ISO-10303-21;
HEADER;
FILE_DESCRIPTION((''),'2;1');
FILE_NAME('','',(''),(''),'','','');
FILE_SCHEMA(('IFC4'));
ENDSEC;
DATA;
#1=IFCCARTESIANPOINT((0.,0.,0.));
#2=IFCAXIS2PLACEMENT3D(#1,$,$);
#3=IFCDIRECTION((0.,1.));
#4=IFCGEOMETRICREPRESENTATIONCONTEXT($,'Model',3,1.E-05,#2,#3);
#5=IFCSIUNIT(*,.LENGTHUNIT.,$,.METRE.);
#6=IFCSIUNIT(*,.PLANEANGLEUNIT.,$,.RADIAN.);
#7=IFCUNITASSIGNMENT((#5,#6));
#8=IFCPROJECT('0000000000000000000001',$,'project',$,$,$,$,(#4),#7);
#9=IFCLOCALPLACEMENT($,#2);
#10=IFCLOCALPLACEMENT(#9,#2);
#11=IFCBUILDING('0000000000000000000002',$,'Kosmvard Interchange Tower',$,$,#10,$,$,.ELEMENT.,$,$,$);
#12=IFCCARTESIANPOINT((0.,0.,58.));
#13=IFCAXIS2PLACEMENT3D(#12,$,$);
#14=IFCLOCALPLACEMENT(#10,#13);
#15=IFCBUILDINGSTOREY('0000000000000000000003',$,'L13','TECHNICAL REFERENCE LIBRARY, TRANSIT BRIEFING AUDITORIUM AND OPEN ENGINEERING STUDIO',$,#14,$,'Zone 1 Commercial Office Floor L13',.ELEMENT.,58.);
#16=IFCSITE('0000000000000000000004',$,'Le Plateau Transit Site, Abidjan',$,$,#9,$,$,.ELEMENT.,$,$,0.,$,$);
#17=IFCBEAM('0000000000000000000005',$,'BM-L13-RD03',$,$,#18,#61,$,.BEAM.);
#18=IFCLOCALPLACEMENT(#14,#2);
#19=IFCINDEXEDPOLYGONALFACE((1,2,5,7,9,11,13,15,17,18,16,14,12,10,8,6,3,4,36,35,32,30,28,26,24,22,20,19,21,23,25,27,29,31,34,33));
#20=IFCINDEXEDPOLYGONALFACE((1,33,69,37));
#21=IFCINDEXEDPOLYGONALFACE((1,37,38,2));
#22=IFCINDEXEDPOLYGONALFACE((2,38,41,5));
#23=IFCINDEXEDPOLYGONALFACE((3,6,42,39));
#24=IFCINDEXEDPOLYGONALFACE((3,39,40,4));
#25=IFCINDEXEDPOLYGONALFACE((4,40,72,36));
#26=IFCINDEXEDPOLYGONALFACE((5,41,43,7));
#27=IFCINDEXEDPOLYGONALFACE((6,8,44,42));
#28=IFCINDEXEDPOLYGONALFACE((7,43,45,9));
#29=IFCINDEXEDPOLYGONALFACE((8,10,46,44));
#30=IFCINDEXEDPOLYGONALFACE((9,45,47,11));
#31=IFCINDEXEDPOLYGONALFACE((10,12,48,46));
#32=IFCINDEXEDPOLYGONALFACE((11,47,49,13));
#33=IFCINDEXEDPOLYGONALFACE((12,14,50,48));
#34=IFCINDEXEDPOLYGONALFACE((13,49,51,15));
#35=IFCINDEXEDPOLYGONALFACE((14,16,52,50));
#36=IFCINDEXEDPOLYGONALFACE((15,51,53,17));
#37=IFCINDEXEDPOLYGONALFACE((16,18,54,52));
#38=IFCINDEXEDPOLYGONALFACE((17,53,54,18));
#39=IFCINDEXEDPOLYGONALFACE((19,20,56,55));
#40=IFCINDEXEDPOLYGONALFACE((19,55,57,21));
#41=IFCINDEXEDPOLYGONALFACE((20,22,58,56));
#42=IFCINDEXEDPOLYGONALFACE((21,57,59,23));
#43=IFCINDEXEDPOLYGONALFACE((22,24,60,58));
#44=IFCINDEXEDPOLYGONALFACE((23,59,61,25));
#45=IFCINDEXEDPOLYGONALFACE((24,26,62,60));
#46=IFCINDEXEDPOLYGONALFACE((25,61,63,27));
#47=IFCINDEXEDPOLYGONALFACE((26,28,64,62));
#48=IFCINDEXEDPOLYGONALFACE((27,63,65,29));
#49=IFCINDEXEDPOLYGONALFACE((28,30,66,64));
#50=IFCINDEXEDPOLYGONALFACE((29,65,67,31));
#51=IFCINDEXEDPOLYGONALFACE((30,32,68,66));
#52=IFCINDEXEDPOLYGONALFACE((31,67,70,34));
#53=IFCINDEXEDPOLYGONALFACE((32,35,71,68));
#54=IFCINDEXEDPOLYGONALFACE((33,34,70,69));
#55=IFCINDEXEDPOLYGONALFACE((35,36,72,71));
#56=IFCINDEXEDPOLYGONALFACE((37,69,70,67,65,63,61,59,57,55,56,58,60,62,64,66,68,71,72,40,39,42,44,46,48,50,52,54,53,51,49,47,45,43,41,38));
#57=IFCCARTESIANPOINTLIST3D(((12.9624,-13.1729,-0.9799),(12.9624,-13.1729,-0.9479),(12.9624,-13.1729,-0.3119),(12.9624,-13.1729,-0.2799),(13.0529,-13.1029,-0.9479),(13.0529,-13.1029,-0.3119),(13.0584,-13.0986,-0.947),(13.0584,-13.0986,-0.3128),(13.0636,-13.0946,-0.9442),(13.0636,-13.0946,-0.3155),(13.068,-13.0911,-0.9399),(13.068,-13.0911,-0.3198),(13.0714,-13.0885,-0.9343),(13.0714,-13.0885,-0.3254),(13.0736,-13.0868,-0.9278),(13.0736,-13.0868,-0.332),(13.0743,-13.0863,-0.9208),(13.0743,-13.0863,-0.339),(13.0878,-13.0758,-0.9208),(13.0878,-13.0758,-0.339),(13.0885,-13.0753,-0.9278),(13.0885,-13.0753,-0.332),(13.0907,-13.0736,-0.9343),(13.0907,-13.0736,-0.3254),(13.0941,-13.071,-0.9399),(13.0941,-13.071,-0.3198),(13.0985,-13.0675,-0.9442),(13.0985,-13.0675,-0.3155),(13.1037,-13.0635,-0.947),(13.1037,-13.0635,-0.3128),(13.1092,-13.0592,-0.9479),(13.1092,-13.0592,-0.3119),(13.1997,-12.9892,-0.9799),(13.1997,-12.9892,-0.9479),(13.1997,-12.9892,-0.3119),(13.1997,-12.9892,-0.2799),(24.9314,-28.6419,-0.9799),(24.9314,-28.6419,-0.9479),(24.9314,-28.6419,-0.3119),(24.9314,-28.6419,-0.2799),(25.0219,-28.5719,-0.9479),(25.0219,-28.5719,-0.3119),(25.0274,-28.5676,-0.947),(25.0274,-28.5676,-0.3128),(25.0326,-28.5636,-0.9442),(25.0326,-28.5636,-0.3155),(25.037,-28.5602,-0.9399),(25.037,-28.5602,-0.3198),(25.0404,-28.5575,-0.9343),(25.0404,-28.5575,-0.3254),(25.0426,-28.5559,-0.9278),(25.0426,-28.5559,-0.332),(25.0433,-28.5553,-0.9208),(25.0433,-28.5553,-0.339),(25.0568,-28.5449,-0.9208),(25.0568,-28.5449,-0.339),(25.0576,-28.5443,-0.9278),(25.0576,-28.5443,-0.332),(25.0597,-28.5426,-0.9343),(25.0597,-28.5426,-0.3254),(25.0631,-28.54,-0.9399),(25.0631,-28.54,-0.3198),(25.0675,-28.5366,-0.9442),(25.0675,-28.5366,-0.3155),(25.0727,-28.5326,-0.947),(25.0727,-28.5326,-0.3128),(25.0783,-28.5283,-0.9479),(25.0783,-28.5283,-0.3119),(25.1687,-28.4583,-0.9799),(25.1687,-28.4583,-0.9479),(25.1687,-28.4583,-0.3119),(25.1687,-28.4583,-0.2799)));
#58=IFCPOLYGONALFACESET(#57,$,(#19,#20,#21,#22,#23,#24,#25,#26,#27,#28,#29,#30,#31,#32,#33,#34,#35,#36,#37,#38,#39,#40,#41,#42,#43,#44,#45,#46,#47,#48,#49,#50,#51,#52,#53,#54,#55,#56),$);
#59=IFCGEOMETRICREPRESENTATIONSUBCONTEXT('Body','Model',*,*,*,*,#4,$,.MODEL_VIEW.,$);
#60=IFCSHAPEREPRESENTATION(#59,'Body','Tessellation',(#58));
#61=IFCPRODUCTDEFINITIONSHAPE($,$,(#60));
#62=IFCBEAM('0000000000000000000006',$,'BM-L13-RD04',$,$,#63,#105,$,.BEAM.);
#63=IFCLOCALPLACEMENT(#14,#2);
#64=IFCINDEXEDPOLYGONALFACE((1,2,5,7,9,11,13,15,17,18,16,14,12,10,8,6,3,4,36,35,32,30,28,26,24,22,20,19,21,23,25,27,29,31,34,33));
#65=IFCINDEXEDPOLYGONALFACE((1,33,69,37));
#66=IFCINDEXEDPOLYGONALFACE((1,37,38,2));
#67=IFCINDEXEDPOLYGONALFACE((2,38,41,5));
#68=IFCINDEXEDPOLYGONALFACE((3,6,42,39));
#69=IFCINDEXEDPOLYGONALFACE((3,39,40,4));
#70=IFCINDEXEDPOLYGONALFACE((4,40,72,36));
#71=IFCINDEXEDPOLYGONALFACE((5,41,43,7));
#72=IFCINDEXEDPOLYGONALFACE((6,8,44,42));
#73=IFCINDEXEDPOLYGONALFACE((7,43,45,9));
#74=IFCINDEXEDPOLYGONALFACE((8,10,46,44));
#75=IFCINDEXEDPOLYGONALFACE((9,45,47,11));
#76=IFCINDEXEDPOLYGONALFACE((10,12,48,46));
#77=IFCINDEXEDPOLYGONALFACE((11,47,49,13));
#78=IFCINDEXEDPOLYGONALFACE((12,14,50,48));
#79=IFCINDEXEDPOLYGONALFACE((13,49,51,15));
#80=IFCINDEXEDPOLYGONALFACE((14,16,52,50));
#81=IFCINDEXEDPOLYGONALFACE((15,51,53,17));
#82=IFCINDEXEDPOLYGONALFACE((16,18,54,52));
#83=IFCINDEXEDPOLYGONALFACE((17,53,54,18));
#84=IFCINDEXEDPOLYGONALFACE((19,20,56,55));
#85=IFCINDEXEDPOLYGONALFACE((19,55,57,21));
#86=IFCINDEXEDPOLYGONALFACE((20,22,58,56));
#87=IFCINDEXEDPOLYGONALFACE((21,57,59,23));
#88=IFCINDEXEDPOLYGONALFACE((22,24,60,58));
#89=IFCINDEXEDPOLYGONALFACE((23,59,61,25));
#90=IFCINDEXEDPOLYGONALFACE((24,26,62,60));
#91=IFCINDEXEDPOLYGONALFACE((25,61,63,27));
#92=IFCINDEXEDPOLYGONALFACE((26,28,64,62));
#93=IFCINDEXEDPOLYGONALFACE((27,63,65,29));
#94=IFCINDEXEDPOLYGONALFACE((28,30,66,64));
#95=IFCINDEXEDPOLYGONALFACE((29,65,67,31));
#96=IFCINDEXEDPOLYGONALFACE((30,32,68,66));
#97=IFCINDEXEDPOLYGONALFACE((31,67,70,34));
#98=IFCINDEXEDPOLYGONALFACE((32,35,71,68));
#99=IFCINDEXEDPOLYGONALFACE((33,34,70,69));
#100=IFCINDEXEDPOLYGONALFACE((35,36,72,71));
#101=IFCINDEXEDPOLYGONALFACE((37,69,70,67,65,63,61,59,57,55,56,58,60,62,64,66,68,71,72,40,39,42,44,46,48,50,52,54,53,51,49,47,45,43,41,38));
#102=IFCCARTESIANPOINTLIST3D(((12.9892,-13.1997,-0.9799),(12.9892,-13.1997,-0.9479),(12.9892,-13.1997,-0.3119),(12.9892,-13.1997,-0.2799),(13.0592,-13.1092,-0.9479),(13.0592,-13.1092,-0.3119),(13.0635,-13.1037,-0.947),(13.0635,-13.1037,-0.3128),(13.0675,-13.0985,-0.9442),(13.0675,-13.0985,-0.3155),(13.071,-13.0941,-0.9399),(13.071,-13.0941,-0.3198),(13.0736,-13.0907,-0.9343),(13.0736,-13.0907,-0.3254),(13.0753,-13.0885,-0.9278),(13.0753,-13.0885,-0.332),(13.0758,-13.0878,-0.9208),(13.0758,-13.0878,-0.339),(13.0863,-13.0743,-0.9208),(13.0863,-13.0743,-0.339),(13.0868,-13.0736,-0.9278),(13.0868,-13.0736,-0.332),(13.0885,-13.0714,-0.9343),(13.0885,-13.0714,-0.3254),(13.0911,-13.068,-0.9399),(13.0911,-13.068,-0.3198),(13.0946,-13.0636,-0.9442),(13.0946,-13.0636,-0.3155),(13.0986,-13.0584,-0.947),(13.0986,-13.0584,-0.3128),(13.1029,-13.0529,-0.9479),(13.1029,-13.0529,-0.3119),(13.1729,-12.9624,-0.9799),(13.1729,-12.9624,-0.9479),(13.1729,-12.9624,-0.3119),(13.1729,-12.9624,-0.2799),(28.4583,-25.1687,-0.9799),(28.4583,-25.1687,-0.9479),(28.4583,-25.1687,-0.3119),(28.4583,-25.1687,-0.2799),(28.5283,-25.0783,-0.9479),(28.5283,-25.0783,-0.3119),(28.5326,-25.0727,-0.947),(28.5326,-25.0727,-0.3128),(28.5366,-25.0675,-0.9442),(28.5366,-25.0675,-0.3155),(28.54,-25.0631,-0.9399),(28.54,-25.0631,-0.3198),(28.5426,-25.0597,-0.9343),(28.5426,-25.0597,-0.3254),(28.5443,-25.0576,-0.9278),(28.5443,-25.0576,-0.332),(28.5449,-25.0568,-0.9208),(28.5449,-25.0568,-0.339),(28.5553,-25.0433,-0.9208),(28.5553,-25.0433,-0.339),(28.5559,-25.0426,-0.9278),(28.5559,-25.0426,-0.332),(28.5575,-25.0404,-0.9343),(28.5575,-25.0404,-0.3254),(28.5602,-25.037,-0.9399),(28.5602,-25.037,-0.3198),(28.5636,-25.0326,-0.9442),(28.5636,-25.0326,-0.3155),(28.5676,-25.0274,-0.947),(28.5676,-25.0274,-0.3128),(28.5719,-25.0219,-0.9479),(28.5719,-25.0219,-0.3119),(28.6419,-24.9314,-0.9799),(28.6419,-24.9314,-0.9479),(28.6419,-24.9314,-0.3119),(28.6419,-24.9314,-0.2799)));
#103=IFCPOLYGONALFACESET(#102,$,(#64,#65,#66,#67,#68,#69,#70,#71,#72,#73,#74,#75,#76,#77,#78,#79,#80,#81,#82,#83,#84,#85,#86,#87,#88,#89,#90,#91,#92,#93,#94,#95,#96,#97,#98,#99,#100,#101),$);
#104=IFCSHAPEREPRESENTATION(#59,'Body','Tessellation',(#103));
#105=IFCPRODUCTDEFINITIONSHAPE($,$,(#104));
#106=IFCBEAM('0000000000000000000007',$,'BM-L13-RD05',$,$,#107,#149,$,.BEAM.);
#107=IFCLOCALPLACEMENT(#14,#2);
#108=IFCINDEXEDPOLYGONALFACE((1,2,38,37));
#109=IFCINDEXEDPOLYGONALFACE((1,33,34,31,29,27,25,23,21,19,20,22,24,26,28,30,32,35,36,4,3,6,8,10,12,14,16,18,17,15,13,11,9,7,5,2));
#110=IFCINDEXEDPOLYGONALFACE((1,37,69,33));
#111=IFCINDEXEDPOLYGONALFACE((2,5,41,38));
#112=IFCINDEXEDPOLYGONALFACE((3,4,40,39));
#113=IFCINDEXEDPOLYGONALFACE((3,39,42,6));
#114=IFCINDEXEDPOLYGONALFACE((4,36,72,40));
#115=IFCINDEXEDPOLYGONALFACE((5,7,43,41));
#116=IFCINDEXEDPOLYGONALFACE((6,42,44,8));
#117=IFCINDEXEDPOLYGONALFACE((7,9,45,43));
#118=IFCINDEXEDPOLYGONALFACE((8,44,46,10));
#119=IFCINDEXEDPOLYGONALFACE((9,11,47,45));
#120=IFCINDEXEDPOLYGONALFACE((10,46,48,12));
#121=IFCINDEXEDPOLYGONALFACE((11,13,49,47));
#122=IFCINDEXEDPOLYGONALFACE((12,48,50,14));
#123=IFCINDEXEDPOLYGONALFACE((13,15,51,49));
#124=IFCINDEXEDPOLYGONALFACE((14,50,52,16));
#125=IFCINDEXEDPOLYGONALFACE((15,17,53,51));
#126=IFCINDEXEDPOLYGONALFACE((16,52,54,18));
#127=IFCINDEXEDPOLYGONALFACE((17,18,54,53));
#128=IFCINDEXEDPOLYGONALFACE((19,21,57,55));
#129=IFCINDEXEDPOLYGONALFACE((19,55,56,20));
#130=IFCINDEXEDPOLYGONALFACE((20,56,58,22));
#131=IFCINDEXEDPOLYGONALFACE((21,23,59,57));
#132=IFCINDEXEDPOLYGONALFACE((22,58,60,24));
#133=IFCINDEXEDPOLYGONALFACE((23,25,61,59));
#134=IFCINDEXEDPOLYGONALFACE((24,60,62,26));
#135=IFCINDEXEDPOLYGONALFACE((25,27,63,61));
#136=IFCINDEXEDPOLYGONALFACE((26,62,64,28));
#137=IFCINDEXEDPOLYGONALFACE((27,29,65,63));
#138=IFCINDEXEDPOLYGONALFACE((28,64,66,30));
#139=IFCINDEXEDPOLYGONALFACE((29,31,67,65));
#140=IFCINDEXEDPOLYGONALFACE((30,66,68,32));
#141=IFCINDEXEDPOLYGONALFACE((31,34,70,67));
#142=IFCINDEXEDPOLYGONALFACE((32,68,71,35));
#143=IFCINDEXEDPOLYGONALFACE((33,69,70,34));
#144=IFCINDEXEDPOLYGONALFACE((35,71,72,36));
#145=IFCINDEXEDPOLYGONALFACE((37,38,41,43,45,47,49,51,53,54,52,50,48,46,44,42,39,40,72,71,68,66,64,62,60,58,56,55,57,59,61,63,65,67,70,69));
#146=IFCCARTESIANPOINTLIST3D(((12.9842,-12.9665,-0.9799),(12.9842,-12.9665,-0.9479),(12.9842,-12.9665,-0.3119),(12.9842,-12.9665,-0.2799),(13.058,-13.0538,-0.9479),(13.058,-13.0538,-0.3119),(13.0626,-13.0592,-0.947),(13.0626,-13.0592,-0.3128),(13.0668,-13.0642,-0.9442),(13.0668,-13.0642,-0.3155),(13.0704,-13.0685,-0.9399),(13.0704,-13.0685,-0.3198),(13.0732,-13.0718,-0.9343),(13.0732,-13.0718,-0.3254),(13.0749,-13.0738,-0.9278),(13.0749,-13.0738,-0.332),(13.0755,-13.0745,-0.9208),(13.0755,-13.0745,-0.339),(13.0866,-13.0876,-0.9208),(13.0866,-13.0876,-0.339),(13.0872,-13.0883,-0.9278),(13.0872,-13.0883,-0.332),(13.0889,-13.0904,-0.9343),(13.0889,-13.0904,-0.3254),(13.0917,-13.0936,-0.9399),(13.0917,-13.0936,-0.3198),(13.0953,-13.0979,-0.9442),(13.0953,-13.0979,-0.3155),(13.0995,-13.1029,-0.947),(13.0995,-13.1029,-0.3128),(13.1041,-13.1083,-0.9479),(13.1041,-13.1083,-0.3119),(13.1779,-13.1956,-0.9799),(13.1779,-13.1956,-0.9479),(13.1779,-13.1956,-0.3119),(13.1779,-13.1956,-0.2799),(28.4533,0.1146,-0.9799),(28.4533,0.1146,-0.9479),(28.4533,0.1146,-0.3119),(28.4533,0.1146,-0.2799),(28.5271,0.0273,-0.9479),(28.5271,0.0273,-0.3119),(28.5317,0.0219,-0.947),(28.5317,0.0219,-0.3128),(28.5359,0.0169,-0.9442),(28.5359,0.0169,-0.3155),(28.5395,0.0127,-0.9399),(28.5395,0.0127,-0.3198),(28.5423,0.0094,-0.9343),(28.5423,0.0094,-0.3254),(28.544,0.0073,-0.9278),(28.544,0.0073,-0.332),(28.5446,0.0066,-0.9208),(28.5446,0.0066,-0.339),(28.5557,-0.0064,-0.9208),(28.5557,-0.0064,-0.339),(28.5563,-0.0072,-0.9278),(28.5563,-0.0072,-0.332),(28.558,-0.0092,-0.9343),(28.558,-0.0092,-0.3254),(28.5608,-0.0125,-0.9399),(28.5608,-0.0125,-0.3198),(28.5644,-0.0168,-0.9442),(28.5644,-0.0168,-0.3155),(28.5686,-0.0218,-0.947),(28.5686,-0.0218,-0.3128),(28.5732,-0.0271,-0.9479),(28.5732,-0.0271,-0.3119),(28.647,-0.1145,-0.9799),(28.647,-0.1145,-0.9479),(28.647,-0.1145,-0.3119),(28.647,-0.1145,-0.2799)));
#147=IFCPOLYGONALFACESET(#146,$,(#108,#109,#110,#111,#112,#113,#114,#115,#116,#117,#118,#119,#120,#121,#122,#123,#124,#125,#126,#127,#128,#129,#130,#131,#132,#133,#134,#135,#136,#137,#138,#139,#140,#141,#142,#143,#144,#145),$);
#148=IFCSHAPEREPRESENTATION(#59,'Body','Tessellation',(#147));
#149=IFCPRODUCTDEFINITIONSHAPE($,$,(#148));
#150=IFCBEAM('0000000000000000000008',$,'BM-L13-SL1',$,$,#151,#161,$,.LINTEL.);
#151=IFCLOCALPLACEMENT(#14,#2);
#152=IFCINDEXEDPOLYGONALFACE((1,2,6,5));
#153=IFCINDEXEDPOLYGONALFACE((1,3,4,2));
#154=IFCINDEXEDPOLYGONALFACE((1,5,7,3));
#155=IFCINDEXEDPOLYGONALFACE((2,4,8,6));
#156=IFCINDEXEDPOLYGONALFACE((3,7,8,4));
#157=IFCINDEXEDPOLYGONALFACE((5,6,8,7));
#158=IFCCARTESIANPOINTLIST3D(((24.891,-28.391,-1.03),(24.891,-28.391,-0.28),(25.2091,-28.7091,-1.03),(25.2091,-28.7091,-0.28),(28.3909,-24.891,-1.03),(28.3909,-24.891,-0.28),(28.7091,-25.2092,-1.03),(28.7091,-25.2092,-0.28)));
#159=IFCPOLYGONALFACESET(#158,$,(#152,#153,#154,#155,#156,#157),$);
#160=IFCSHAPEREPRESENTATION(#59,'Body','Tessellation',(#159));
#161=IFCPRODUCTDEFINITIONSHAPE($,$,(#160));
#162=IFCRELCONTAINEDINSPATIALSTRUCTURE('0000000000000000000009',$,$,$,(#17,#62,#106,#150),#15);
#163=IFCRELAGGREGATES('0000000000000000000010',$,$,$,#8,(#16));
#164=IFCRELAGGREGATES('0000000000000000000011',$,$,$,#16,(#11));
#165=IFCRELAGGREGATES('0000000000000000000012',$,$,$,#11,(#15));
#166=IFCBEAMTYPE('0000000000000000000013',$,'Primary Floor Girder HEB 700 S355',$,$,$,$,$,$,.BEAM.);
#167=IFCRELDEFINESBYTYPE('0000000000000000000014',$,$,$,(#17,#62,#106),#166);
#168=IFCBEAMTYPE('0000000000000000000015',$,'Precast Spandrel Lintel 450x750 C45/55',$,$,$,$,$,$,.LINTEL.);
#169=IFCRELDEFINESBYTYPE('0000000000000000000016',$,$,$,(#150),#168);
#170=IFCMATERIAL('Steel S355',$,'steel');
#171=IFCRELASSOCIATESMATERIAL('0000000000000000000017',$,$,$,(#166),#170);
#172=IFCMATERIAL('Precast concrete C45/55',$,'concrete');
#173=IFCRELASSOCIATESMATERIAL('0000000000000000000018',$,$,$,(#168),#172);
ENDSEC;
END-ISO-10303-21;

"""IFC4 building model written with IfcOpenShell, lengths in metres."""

from ifc_helpers import new_model, si_unit, direction, frame, origin, origin_2d, place, context, subcontext, project, spatial, rectangle, i_section, extrude, source, transform, mapped, material, material_profile, profile_set, type_object, element, save


model = new_model("IFC4")

# Units and contexts
model_context = context("Model", 3, precision=1e-05, world=origin(), true_north=direction((0.0, 1.0)))
body_context = subcontext(model_context, "Body", "Model", "MODEL_VIEW")
ifc_project = project(units=[si_unit("LENGTHUNIT", "METRE"), si_unit("PLANEANGLEUNIT", "RADIAN")], contexts=[model_context])

# Site, building, storey
site_placement = place(None, origin())
site = spatial("IfcSite", under=ifc_project, at=site_placement, Name="Le Plateau Transit Site, Abidjan", CompositionType="ELEMENT", RefElevation=0.0)
building_placement = place(site_placement, origin())
building = spatial("IfcBuilding", under=site, at=building_placement, Name="Kosmvard Interchange Tower", CompositionType="ELEMENT")
storey_placement = place(building_placement, frame((0.0, 0.0, 58.0)))
storey = spatial("IfcBuildingStorey", under=building, at=storey_placement, Name="L13", Description="TECHNICAL REFERENCE LIBRARY, TRANSIT BRIEFING AUDITORIUM AND OPEN ENGINEERING STUDIO", LongName="Zone 1 Commercial Office Floor L13", CompositionType="ELEMENT", Elevation=58.0)

# Beams
ifc_material_1 = material(Name="Steel S355", Category="steel")
ifc_material_profile_1 = material_profile(ifc_material_1, i_section(OverallWidth=0.3, OverallDepth=0.7, WebThickness=0.0171, FlangeThickness=0.032, FilletRadius=0.0271, at=origin_2d()), Name="HEB 700")
ifc_profile_set_1 = profile_set([ifc_material_profile_1], Name="Steel S355")
beam_type_1 = type_object("IfcBeamType", Name="Primary Floor Girder HEB 700 S355", PredefinedType="BEAM", material=ifc_profile_set_1)
shared_shape_1 = source(origin(), body_context, "Body", "SweptSolid", [
    extrude(i_section(OverallWidth=0.3, OverallDepth=0.7, WebThickness=0.0171, FlangeThickness=0.032, FilletRadius=0.0271, at=origin_2d()), origin(), (0.0, 0.0, 1.0), 19.5588),
])
for number, where, z_axis, x_axis, name in (
    (1, (13.0811, -13.0811, -0.6299), (0.611949, -0.790897, 0.0), (0.790897, 0.611949, 0.0), "BM-L13-RD03"),
    (2, (13.0811, -13.0811, -0.6299), (0.790897, -0.611949, 0.0), (0.611949, 0.790897, 0.0), "BM-L13-RD04"),
):
    element("IfcBeam", number, at=place(storey_placement, frame(where, z_axis=z_axis, x_axis=x_axis)), inside=storey, type_object=beam_type_1, Name=name, PredefinedType="BEAM", context=body_context, shape_type="MappedRepresentation", body=[
        mapped(shared_shape_1, transform((0.0, 0.0, 0.0), scale=1.0)),
    ])
shared_shape_2 = source(origin(), body_context, "Body", "SweptSolid", [
    extrude(i_section(OverallWidth=0.3, OverallDepth=0.7, WebThickness=0.0171, FlangeThickness=0.032, FilletRadius=0.0271, at=origin_2d()), origin(), (0.0, 0.0, 1.0), 20.2585),
])
beam_1_placement = place(storey_placement, frame((13.0811, -13.0811, -0.6299), z_axis=(0.763583, 0.645709, 0.0), x_axis=(-0.645709, 0.763583, 0.0)))
element("IfcBeam", 3, at=beam_1_placement, inside=storey, type_object=beam_type_1, Name="BM-L13-RD05", PredefinedType="BEAM", context=body_context, shape_type="MappedRepresentation", body=[
    mapped(shared_shape_2, transform((0.0, 0.0, 0.0), scale=1.0)),
])
ifc_material_2 = material(Name="Precast concrete C45/55", Category="concrete")
ifc_material_profile_2 = material_profile(ifc_material_2, rectangle(XDim=0.45, YDim=0.75, at=origin_2d()), Name="SL 450x750")
ifc_profile_set_2 = profile_set([ifc_material_profile_2], Name="Precast concrete C45/55")
beam_type_2 = type_object("IfcBeamType", Name="Precast Spandrel Lintel 450x750 C45/55", PredefinedType="LINTEL", material=ifc_profile_set_2)
shared_shape_3 = source(origin(), body_context, "Body", "SweptSolid", [
    extrude(rectangle(XDim=0.45, YDim=0.75, at=origin_2d()), origin(), (0.0, 0.0, 1.0), 4.9497),
])
beam_2_placement = place(storey_placement, frame((25.05, -28.55, -0.655), z_axis=(0.707107, 0.707107, 0.0), x_axis=(-0.707107, 0.707107, 0.0)))
element("IfcBeam", 4, at=beam_2_placement, inside=storey, type_object=beam_type_2, Name="BM-L13-SL1", PredefinedType="LINTEL", context=body_context, shape_type="MappedRepresentation", body=[
    mapped(shared_shape_3, transform((0.0, 0.0, 0.0), scale=1.0)),
])

save(model, "model.ifc")
